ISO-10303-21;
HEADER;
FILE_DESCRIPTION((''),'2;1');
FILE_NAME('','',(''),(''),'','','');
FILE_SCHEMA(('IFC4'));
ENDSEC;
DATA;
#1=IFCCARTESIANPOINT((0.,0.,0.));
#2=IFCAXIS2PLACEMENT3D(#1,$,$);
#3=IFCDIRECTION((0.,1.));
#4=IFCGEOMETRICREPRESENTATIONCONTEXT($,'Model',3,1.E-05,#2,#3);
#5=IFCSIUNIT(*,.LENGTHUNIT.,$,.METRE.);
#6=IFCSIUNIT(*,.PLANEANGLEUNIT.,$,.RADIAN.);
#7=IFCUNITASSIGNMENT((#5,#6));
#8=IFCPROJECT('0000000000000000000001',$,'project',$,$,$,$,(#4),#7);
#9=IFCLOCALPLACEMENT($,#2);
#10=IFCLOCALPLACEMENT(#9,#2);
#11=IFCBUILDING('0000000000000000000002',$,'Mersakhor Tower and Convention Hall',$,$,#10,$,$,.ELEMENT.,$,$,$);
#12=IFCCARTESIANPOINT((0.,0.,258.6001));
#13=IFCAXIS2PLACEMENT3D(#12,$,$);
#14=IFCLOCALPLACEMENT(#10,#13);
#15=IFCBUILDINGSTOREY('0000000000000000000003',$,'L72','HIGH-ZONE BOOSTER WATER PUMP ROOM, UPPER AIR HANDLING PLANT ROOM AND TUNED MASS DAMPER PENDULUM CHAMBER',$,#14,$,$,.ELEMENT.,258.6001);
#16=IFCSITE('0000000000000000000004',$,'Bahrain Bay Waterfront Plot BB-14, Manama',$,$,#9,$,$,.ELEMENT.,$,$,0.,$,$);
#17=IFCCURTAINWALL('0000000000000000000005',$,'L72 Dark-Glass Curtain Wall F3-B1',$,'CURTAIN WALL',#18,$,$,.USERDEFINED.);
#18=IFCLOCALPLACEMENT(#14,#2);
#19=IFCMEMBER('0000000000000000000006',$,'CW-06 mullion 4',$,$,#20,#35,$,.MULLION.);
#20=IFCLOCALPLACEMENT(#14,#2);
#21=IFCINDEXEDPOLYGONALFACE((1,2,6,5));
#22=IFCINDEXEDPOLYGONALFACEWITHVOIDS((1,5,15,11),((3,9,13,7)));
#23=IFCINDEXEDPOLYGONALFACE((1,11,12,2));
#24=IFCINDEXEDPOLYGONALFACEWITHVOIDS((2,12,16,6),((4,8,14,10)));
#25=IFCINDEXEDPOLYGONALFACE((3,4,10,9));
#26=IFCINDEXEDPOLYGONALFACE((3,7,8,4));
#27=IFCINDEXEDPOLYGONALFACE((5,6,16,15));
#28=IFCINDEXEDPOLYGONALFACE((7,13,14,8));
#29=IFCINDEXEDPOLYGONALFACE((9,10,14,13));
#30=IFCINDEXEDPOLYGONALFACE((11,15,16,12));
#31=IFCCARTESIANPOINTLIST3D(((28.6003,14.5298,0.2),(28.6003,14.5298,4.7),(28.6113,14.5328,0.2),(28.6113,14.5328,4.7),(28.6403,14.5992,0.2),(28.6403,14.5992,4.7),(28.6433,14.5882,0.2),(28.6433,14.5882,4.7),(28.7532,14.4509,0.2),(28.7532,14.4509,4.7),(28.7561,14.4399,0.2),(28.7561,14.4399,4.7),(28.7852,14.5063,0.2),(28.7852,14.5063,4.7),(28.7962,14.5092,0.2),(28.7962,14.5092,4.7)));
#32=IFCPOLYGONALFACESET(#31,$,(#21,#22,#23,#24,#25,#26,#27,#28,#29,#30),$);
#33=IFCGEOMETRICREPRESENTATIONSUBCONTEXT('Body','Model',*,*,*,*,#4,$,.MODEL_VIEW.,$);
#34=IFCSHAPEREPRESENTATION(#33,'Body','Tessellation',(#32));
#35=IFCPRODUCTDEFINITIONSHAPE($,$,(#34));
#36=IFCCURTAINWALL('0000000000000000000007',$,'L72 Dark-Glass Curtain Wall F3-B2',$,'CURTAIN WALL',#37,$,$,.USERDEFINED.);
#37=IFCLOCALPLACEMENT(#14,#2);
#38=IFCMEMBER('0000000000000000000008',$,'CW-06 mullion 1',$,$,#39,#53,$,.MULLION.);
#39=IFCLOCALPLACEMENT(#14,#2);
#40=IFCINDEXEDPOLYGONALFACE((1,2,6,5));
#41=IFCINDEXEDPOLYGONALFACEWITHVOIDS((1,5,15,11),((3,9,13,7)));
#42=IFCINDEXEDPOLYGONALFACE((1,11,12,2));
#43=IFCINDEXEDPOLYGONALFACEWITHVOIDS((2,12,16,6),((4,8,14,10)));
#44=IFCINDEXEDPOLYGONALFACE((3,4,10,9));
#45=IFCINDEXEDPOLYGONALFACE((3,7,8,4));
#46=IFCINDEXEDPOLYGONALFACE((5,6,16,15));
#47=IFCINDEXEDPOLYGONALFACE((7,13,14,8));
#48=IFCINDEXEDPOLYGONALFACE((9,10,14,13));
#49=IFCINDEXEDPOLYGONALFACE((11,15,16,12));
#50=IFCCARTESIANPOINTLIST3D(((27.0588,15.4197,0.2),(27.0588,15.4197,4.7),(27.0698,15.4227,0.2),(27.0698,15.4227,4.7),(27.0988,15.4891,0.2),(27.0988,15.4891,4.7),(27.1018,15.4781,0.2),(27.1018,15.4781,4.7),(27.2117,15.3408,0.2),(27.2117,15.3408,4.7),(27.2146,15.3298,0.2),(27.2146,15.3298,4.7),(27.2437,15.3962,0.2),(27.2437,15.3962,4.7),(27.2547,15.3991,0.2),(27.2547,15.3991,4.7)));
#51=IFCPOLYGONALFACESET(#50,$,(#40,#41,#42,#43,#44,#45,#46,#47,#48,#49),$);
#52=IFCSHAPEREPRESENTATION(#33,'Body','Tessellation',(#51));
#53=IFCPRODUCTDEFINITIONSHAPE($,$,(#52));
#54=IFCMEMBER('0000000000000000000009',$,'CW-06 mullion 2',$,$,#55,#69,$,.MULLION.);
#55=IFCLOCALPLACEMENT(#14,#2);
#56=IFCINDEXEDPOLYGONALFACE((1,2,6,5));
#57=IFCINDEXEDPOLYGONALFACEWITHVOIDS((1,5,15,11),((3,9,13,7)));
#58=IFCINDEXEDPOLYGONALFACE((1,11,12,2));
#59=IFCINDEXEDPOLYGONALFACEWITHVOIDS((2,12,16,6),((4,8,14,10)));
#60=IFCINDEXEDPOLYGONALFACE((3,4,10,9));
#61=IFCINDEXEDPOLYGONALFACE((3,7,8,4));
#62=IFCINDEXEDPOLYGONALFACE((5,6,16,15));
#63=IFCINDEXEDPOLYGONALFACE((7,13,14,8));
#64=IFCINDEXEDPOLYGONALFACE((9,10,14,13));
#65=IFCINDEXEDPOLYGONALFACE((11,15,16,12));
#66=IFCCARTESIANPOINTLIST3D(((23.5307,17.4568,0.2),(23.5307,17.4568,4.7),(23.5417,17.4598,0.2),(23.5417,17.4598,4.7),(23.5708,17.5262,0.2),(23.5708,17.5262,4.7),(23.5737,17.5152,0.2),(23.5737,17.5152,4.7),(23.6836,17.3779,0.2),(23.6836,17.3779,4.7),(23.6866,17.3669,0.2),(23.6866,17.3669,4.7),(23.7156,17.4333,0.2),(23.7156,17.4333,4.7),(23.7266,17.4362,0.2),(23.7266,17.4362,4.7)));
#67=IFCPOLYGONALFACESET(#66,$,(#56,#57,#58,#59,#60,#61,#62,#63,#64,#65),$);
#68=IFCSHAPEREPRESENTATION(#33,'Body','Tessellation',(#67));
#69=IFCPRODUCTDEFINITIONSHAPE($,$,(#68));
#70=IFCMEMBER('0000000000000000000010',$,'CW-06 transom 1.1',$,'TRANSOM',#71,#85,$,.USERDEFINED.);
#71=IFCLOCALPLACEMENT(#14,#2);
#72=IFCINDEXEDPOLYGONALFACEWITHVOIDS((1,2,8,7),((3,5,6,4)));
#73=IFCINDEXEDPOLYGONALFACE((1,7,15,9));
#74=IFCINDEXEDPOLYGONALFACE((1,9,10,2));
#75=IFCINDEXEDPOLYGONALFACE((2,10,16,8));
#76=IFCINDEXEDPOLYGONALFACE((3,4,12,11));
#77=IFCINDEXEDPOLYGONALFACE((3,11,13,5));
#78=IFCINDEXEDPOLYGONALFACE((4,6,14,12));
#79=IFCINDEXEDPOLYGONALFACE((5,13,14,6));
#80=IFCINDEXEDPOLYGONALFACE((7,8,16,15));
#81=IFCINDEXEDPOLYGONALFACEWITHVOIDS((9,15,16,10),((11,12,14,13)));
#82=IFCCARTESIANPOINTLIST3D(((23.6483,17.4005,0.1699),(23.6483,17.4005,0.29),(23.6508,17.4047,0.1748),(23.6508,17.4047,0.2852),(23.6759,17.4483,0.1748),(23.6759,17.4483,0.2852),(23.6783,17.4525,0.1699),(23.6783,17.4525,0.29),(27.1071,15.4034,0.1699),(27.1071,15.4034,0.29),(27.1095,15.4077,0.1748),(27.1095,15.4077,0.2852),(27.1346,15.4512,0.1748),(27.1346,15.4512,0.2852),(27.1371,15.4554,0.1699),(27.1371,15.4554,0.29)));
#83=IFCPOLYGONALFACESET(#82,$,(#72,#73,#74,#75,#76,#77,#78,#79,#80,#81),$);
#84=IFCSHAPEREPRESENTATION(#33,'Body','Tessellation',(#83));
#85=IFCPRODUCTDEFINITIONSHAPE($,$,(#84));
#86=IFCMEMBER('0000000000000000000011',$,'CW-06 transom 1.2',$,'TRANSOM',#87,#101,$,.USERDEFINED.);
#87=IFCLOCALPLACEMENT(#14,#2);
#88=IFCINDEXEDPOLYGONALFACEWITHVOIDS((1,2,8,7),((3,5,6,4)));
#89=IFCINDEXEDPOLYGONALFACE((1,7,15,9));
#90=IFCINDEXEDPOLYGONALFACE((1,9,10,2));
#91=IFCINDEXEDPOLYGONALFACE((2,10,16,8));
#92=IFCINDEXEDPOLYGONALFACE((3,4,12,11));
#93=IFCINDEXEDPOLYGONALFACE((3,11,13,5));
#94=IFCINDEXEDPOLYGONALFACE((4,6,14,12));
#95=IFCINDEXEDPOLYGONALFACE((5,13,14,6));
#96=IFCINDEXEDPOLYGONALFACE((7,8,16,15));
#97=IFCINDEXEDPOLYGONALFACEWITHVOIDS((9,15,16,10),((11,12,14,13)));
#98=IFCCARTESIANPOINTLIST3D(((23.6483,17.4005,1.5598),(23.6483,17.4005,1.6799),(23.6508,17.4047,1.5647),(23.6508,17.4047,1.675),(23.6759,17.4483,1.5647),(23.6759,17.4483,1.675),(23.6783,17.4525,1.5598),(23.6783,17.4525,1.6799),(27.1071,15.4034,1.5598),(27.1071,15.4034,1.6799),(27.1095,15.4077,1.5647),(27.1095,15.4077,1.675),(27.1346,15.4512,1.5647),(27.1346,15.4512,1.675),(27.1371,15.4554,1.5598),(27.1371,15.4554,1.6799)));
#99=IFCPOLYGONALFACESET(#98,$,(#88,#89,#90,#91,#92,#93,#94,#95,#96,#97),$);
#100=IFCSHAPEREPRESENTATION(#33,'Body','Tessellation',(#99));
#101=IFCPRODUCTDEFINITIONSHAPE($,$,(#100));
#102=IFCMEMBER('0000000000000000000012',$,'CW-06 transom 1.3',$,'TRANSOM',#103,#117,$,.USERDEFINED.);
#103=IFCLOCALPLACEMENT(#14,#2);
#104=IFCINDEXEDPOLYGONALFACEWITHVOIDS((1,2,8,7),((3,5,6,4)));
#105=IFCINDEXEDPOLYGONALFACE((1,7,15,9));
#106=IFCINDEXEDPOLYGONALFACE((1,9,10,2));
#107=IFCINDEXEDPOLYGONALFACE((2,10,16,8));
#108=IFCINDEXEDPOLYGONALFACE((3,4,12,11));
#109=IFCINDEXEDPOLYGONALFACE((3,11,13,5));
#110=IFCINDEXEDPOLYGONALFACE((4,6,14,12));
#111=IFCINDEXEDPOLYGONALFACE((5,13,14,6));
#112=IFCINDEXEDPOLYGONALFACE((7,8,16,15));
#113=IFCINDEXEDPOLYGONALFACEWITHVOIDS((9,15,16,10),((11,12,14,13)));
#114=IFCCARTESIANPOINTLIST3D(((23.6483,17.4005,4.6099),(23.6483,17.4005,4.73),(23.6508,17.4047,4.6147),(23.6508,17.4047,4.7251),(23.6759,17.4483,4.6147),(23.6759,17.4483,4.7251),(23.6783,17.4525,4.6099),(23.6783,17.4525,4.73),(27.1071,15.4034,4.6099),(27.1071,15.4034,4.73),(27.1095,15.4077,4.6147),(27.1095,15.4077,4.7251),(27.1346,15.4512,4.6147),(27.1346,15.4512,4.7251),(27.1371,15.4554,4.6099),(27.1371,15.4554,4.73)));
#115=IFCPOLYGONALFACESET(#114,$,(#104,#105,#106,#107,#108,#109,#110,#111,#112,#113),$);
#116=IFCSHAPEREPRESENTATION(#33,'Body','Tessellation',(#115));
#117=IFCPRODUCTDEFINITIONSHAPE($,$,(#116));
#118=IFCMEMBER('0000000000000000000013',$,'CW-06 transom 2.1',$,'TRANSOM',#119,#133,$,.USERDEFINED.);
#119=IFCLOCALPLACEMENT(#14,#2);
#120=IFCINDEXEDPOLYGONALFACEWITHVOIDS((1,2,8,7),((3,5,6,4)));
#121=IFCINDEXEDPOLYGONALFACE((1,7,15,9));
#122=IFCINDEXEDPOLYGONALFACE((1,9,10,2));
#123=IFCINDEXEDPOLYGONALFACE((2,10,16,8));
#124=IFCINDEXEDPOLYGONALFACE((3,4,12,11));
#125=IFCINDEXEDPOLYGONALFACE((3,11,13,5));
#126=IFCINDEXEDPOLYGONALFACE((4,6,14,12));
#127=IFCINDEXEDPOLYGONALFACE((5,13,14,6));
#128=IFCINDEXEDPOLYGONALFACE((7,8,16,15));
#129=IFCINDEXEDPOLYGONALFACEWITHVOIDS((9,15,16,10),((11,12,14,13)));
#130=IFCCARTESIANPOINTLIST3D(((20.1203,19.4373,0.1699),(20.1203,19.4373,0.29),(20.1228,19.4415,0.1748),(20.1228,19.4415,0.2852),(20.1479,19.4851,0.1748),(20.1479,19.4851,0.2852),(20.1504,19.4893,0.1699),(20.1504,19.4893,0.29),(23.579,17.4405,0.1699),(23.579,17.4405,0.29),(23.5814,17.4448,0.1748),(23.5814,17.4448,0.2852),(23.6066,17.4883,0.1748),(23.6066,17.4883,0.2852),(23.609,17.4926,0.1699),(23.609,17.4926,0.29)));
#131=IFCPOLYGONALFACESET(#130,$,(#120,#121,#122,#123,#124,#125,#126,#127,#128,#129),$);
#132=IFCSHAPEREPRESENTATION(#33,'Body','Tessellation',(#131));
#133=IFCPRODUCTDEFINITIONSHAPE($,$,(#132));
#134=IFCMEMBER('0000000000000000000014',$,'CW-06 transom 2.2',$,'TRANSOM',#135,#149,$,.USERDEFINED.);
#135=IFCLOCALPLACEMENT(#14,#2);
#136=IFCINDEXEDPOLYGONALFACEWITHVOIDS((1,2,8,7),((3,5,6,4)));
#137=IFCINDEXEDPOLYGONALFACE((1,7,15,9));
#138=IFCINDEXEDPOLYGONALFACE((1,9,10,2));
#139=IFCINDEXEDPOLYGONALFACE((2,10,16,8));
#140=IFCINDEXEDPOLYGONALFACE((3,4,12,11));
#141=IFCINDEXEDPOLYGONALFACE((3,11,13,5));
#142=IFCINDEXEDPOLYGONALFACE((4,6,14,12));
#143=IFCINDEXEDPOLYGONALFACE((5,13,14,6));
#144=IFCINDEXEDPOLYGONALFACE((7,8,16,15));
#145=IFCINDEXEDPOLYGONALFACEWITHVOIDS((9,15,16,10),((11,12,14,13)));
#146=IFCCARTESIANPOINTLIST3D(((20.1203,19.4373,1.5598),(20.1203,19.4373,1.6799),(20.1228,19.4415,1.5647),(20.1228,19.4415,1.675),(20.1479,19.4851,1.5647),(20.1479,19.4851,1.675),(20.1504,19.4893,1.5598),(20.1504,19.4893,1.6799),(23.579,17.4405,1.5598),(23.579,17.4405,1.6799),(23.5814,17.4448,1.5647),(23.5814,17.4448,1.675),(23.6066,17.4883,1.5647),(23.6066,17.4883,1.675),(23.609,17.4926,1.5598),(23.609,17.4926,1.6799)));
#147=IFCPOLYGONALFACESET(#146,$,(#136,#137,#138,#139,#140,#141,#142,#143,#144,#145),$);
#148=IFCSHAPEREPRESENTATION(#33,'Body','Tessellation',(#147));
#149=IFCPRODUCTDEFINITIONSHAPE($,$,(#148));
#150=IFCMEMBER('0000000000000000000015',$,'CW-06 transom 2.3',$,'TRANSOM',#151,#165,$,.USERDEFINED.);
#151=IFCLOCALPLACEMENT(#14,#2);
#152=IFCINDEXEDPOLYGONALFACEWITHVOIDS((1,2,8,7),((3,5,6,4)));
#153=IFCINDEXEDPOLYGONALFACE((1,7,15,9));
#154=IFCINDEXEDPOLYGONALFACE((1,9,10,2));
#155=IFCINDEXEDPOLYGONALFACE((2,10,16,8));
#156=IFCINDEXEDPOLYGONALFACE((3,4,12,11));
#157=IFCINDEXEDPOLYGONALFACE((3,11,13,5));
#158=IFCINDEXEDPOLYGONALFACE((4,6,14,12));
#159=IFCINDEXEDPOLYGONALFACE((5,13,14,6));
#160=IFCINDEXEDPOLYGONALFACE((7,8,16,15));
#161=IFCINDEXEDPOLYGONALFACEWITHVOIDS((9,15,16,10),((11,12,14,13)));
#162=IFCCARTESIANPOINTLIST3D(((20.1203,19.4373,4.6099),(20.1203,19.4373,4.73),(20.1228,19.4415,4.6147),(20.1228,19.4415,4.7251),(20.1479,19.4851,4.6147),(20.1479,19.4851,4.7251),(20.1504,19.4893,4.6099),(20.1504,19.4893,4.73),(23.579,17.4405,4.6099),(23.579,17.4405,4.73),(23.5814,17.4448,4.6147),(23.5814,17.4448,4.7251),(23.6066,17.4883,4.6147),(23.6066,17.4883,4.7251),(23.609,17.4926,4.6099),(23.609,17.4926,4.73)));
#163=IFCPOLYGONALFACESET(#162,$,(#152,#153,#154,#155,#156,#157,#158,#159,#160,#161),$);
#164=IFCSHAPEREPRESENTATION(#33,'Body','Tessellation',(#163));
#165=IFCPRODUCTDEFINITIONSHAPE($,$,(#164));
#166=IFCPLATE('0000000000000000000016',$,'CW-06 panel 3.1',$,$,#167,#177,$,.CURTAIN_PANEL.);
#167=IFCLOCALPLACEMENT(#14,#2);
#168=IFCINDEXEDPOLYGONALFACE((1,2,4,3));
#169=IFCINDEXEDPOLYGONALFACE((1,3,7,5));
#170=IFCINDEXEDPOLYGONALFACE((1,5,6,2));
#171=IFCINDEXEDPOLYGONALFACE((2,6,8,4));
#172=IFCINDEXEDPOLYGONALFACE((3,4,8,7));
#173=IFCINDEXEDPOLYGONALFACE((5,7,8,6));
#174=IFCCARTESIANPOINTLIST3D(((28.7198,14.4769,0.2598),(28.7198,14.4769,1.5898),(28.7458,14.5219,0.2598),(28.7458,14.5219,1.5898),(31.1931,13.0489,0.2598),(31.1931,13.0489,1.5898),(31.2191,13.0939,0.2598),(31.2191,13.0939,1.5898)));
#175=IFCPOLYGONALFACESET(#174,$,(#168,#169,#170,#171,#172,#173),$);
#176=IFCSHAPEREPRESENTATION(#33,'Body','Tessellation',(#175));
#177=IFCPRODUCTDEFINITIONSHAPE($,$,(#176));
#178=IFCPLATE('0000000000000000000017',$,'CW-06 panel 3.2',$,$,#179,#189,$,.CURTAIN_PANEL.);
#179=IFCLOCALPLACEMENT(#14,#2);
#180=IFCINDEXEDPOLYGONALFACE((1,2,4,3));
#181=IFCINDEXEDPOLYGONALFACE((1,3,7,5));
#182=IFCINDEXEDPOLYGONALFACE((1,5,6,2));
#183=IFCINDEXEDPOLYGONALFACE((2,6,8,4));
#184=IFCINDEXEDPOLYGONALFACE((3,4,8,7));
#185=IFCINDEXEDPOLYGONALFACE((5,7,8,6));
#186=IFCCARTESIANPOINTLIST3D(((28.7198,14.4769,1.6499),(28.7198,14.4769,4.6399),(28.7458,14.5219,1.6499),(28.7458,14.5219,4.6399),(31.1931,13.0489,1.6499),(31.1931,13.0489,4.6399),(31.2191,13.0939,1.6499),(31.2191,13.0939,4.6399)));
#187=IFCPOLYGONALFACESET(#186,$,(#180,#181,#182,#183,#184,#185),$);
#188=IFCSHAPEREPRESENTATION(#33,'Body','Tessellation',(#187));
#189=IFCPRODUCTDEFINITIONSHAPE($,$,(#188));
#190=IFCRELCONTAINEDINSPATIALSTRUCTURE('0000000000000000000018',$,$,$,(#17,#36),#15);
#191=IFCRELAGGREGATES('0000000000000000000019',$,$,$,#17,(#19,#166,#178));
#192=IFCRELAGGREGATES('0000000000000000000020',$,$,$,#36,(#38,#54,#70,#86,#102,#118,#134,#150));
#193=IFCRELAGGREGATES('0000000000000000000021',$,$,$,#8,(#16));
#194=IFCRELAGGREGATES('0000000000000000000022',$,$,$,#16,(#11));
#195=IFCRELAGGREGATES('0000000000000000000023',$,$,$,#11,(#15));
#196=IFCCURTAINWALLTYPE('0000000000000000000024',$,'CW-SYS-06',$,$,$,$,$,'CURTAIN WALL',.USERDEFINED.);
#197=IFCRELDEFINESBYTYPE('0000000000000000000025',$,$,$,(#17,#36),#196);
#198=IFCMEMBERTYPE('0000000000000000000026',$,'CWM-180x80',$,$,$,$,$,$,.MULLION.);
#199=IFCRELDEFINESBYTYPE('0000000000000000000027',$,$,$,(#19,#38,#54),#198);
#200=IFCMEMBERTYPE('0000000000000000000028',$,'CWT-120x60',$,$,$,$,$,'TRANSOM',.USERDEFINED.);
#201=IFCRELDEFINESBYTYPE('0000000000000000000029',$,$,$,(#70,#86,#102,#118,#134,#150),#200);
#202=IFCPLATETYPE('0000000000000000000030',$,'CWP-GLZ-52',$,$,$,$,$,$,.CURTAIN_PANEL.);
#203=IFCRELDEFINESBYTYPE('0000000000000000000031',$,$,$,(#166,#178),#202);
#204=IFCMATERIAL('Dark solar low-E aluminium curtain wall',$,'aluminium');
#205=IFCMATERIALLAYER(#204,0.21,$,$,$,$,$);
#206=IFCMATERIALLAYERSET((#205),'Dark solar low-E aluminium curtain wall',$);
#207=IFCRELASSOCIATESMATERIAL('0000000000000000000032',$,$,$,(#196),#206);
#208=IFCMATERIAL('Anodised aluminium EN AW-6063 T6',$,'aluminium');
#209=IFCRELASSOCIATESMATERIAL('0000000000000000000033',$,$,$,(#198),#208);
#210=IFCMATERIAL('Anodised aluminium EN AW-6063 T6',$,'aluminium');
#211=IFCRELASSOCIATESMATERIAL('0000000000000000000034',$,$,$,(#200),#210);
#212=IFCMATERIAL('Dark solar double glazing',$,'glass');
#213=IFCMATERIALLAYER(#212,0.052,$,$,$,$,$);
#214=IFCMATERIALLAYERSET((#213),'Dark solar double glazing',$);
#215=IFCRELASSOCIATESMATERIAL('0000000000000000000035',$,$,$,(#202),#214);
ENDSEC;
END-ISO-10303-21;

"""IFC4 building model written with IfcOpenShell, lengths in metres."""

from ifc_helpers import new_model, si_unit, direction, frame, origin, origin_2d, place, context, subcontext, project, spatial, rectangle, hollow_rectangle, extrude, material, layer, layer_set, material_profile, profile_set, type_object, element, aggregate, save


model = new_model("IFC4")

# Units and contexts
model_context = context("Model", 3, precision=1e-05, world=origin(), true_north=direction((0.0, 1.0)))
body_context = subcontext(model_context, "Body", "Model", "MODEL_VIEW")
ifc_project = project(units=[si_unit("LENGTHUNIT", "METRE"), si_unit("PLANEANGLEUNIT", "RADIAN")], contexts=[model_context])

# Site, building, storey
site_placement = place(None, origin())
site = spatial("IfcSite", under=ifc_project, at=site_placement, Name="Bahrain Bay Waterfront Plot BB-14, Manama", CompositionType="ELEMENT", RefElevation=0.0)
building_placement = place(site_placement, origin())
building = spatial("IfcBuilding", under=site, at=building_placement, Name="Mersakhor Tower and Convention Hall", CompositionType="ELEMENT")
storey_placement = place(building_placement, frame((0.0, 0.0, 258.6001)))
storey = spatial("IfcBuildingStorey", under=building, at=storey_placement, Name="L72", Description="HIGH-ZONE BOOSTER WATER PUMP ROOM, UPPER AIR HANDLING PLANT ROOM AND TUNED MASS DAMPER PENDULUM CHAMBER", CompositionType="ELEMENT", Elevation=258.6001)

# Curtain wall, member
ifc_material_1 = material(Name="Dark solar low-E aluminium curtain wall", Category="aluminium")
ifc_layer_1 = layer(ifc_material_1, 0.21)
ifc_layer_set_1 = layer_set([ifc_layer_1], Name="Dark solar low-E aluminium curtain wall")
curtain_wall_type = type_object("IfcCurtainWallType", Name="CW-SYS-06", ElementType="CURTAIN WALL", PredefinedType="USERDEFINED", material=ifc_layer_set_1)
curtain_wall_1_placement = place(storey_placement, origin())
curtain_wall_1 = element("IfcCurtainWall", 1, at=curtain_wall_1_placement, inside=storey, type_object=curtain_wall_type, Name="L72 Dark-Glass Curtain Wall F3-B1", ObjectType="CURTAIN WALL", PredefinedType="USERDEFINED")
ifc_material_2 = material(Name="Anodised aluminium EN AW-6063 T6", Category="aluminium")
ifc_material_profile_1 = material_profile(ifc_material_2, hollow_rectangle(XDim=0.0801, YDim=0.1799, WallThickness=0.0081, at=origin_2d()), Name="RHS 180x80x8")
ifc_profile_set_1 = profile_set([ifc_material_profile_1], Name="Anodised aluminium EN AW-6063 T6")
member_type_1 = type_object("IfcMemberType", Name="CWM-180x80", PredefinedType="MULLION", material=ifc_profile_set_1)
member_1_placement = place(storey_placement, frame((28.6982, 14.5195, 0.2), z_axis=(0.0, 0.0, 1.0), x_axis=(-0.5, -0.866025, 0.0)))
member_1 = element("IfcMember", 2, at=member_1_placement, type_object=member_type_1, Name="CW-06 mullion 4", PredefinedType="MULLION", context=body_context, shape_type="SweptSolid", body=[
    extrude(hollow_rectangle(XDim=0.0801, YDim=0.1799, WallThickness=0.0081, at=origin_2d()), origin(), (0.0, 0.0, 1.0), 4.5),
])

# Curtain wall, members
curtain_wall_2_placement = place(storey_placement, origin())
curtain_wall_2 = element("IfcCurtainWall", 3, at=curtain_wall_2_placement, inside=storey, type_object=curtain_wall_type, Name="L72 Dark-Glass Curtain Wall F3-B2", ObjectType="CURTAIN WALL", PredefinedType="USERDEFINED")
member_2_placement = place(storey_placement, frame((27.1567, 15.4094, 0.2), z_axis=(0.0, 0.0, 1.0), x_axis=(-0.500004, -0.866023, 0.0)))
member_2 = element("IfcMember", 4, at=member_2_placement, type_object=member_type_1, Name="CW-06 mullion 1", PredefinedType="MULLION", context=body_context, shape_type="SweptSolid", body=[
    extrude(hollow_rectangle(XDim=0.0801, YDim=0.1799, WallThickness=0.0081, at=origin_2d()), origin(), (0.0, 0.0, 1.0), 4.5),
])
member_3_placement = place(storey_placement, frame((23.6287, 17.4465, 0.2), z_axis=(0.0, 0.0, 1.0), x_axis=(-0.500004, -0.866023, 0.0)))
member_3 = element("IfcMember", 5, at=member_3_placement, type_object=member_type_1, Name="CW-06 mullion 2", PredefinedType="MULLION", context=body_context, shape_type="SweptSolid", body=[
    extrude(hollow_rectangle(XDim=0.0801, YDim=0.1799, WallThickness=0.0081, at=origin_2d()), origin(), (0.0, 0.0, 1.0), 4.5),
])
ifc_material_3 = material(Name="Anodised aluminium EN AW-6063 T6", Category="aluminium")
ifc_material_profile_2 = material_profile(ifc_material_3, hollow_rectangle(XDim=0.0601, YDim=0.1201, WallThickness=0.0049, at=origin_2d()), Name="RHS 120x60x5")
ifc_profile_set_2 = profile_set([ifc_material_profile_2], Name="Anodised aluminium EN AW-6063 T6")
member_type_2 = type_object("IfcMemberType", Name="CWT-120x60", ElementType="TRANSOM", PredefinedType="USERDEFINED", material=ifc_profile_set_2)
member_4_placement = place(storey_placement, frame((27.1221, 15.4294, 0.23), z_axis=(-0.866007, 0.500031, 0.0), x_axis=(-0.500031, -0.866007, 0.0)))
member_4 = element("IfcMember", 6, at=member_4_placement, type_object=member_type_2, Name="CW-06 transom 1.1", ObjectType="TRANSOM", PredefinedType="USERDEFINED", context=body_context, shape_type="SweptSolid", body=[
    extrude(hollow_rectangle(XDim=0.0601, YDim=0.1201, WallThickness=0.0049, at=origin_2d()), origin(), (0.0, 0.0, 1.0), 3.9939),
])
member_5_placement = place(storey_placement, frame((27.1221, 15.4294, 1.6199), z_axis=(-0.866007, 0.500031, 0.0), x_axis=(-0.500031, -0.866007, 0.0)))
member_5 = element("IfcMember", 7, at=member_5_placement, type_object=member_type_2, Name="CW-06 transom 1.2", ObjectType="TRANSOM", PredefinedType="USERDEFINED", context=body_context, shape_type="SweptSolid", body=[
    extrude(hollow_rectangle(XDim=0.0601, YDim=0.1201, WallThickness=0.0049, at=origin_2d()), origin(), (0.0, 0.0, 1.0), 3.9939),
])
member_6_placement = place(storey_placement, frame((27.1221, 15.4294, 4.6699), z_axis=(-0.866007, 0.500031, 0.0), x_axis=(-0.500031, -0.866007, 0.0)))
member_6 = element("IfcMember", 8, at=member_6_placement, type_object=member_type_2, Name="CW-06 transom 1.3", ObjectType="TRANSOM", PredefinedType="USERDEFINED", context=body_context, shape_type="SweptSolid", body=[
    extrude(hollow_rectangle(XDim=0.0601, YDim=0.1201, WallThickness=0.0049, at=origin_2d()), origin(), (0.0, 0.0, 1.0), 3.9939),
])
member_7_placement = place(storey_placement, frame((23.594, 17.4666, 0.23), z_axis=(-0.866034, 0.499985, 0.0), x_axis=(-0.499985, -0.866034, 0.0)))
member_7 = element("IfcMember", 9, at=member_7_placement, type_object=member_type_2, Name="CW-06 transom 2.1", ObjectType="TRANSOM", PredefinedType="USERDEFINED", context=body_context, shape_type="SweptSolid", body=[
    extrude(hollow_rectangle(XDim=0.0601, YDim=0.1201, WallThickness=0.0049, at=origin_2d()), origin(), (0.0, 0.0, 1.0), 3.9937),
])
member_8_placement = place(storey_placement, frame((23.594, 17.4666, 1.6199), z_axis=(-0.866034, 0.499985, 0.0), x_axis=(-0.499985, -0.866034, 0.0)))
member_8 = element("IfcMember", 10, at=member_8_placement, type_object=member_type_2, Name="CW-06 transom 2.2", ObjectType="TRANSOM", PredefinedType="USERDEFINED", context=body_context, shape_type="SweptSolid", body=[
    extrude(hollow_rectangle(XDim=0.0601, YDim=0.1201, WallThickness=0.0049, at=origin_2d()), origin(), (0.0, 0.0, 1.0), 3.9937),
])
member_9_placement = place(storey_placement, frame((23.594, 17.4666, 4.6699), z_axis=(-0.866034, 0.499985, 0.0), x_axis=(-0.499985, -0.866034, 0.0)))
member_9 = element("IfcMember", 11, at=member_9_placement, type_object=member_type_2, Name="CW-06 transom 2.3", ObjectType="TRANSOM", PredefinedType="USERDEFINED", context=body_context, shape_type="SweptSolid", body=[
    extrude(hollow_rectangle(XDim=0.0601, YDim=0.1201, WallThickness=0.0049, at=origin_2d()), origin(), (0.0, 0.0, 1.0), 3.9937),
])

# Plates
ifc_material_4 = material(Name="Dark solar double glazing", Category="glass")
ifc_layer_2 = layer(ifc_material_4, 0.052)
ifc_layer_set_2 = layer_set([ifc_layer_2], Name="Dark solar double glazing")
plate_type = type_object("IfcPlateType", Name="CWP-GLZ-52", PredefinedType="CURTAIN_PANEL", material=ifc_layer_set_2)
plate_1_placement = place(storey_placement, frame((29.9695, 13.7854, 0.2598), z_axis=(0.0, 0.0, 1.0), x_axis=(-0.866025, 0.5, 0.0)))
plate_1 = element("IfcPlate", 12, at=plate_1_placement, type_object=plate_type, Name="CW-06 panel 3.1", PredefinedType="CURTAIN_PANEL", context=body_context, shape_type="SweptSolid", body=[
    extrude(rectangle(XDim=2.856, YDim=0.052, at=origin_2d()), origin(), (0.0, 0.0, 1.0), 1.3301),
])
plate_2_placement = place(storey_placement, frame((29.9695, 13.7854, 1.6499), z_axis=(0.0, 0.0, 1.0), x_axis=(-0.866025, 0.5, 0.0)))
plate_2 = element("IfcPlate", 13, at=plate_2_placement, type_object=plate_type, Name="CW-06 panel 3.2", PredefinedType="CURTAIN_PANEL", context=body_context, shape_type="SweptSolid", body=[
    extrude(rectangle(XDim=2.856, YDim=0.052, at=origin_2d()), origin(), (0.0, 0.0, 1.0), 2.99),
])
aggregate(curtain_wall_1, [member_1, plate_1, plate_2])
aggregate(curtain_wall_2, [member_2, member_3, member_4, member_5, member_6, member_7, member_8, member_9])

save(model, "model.ifc")
